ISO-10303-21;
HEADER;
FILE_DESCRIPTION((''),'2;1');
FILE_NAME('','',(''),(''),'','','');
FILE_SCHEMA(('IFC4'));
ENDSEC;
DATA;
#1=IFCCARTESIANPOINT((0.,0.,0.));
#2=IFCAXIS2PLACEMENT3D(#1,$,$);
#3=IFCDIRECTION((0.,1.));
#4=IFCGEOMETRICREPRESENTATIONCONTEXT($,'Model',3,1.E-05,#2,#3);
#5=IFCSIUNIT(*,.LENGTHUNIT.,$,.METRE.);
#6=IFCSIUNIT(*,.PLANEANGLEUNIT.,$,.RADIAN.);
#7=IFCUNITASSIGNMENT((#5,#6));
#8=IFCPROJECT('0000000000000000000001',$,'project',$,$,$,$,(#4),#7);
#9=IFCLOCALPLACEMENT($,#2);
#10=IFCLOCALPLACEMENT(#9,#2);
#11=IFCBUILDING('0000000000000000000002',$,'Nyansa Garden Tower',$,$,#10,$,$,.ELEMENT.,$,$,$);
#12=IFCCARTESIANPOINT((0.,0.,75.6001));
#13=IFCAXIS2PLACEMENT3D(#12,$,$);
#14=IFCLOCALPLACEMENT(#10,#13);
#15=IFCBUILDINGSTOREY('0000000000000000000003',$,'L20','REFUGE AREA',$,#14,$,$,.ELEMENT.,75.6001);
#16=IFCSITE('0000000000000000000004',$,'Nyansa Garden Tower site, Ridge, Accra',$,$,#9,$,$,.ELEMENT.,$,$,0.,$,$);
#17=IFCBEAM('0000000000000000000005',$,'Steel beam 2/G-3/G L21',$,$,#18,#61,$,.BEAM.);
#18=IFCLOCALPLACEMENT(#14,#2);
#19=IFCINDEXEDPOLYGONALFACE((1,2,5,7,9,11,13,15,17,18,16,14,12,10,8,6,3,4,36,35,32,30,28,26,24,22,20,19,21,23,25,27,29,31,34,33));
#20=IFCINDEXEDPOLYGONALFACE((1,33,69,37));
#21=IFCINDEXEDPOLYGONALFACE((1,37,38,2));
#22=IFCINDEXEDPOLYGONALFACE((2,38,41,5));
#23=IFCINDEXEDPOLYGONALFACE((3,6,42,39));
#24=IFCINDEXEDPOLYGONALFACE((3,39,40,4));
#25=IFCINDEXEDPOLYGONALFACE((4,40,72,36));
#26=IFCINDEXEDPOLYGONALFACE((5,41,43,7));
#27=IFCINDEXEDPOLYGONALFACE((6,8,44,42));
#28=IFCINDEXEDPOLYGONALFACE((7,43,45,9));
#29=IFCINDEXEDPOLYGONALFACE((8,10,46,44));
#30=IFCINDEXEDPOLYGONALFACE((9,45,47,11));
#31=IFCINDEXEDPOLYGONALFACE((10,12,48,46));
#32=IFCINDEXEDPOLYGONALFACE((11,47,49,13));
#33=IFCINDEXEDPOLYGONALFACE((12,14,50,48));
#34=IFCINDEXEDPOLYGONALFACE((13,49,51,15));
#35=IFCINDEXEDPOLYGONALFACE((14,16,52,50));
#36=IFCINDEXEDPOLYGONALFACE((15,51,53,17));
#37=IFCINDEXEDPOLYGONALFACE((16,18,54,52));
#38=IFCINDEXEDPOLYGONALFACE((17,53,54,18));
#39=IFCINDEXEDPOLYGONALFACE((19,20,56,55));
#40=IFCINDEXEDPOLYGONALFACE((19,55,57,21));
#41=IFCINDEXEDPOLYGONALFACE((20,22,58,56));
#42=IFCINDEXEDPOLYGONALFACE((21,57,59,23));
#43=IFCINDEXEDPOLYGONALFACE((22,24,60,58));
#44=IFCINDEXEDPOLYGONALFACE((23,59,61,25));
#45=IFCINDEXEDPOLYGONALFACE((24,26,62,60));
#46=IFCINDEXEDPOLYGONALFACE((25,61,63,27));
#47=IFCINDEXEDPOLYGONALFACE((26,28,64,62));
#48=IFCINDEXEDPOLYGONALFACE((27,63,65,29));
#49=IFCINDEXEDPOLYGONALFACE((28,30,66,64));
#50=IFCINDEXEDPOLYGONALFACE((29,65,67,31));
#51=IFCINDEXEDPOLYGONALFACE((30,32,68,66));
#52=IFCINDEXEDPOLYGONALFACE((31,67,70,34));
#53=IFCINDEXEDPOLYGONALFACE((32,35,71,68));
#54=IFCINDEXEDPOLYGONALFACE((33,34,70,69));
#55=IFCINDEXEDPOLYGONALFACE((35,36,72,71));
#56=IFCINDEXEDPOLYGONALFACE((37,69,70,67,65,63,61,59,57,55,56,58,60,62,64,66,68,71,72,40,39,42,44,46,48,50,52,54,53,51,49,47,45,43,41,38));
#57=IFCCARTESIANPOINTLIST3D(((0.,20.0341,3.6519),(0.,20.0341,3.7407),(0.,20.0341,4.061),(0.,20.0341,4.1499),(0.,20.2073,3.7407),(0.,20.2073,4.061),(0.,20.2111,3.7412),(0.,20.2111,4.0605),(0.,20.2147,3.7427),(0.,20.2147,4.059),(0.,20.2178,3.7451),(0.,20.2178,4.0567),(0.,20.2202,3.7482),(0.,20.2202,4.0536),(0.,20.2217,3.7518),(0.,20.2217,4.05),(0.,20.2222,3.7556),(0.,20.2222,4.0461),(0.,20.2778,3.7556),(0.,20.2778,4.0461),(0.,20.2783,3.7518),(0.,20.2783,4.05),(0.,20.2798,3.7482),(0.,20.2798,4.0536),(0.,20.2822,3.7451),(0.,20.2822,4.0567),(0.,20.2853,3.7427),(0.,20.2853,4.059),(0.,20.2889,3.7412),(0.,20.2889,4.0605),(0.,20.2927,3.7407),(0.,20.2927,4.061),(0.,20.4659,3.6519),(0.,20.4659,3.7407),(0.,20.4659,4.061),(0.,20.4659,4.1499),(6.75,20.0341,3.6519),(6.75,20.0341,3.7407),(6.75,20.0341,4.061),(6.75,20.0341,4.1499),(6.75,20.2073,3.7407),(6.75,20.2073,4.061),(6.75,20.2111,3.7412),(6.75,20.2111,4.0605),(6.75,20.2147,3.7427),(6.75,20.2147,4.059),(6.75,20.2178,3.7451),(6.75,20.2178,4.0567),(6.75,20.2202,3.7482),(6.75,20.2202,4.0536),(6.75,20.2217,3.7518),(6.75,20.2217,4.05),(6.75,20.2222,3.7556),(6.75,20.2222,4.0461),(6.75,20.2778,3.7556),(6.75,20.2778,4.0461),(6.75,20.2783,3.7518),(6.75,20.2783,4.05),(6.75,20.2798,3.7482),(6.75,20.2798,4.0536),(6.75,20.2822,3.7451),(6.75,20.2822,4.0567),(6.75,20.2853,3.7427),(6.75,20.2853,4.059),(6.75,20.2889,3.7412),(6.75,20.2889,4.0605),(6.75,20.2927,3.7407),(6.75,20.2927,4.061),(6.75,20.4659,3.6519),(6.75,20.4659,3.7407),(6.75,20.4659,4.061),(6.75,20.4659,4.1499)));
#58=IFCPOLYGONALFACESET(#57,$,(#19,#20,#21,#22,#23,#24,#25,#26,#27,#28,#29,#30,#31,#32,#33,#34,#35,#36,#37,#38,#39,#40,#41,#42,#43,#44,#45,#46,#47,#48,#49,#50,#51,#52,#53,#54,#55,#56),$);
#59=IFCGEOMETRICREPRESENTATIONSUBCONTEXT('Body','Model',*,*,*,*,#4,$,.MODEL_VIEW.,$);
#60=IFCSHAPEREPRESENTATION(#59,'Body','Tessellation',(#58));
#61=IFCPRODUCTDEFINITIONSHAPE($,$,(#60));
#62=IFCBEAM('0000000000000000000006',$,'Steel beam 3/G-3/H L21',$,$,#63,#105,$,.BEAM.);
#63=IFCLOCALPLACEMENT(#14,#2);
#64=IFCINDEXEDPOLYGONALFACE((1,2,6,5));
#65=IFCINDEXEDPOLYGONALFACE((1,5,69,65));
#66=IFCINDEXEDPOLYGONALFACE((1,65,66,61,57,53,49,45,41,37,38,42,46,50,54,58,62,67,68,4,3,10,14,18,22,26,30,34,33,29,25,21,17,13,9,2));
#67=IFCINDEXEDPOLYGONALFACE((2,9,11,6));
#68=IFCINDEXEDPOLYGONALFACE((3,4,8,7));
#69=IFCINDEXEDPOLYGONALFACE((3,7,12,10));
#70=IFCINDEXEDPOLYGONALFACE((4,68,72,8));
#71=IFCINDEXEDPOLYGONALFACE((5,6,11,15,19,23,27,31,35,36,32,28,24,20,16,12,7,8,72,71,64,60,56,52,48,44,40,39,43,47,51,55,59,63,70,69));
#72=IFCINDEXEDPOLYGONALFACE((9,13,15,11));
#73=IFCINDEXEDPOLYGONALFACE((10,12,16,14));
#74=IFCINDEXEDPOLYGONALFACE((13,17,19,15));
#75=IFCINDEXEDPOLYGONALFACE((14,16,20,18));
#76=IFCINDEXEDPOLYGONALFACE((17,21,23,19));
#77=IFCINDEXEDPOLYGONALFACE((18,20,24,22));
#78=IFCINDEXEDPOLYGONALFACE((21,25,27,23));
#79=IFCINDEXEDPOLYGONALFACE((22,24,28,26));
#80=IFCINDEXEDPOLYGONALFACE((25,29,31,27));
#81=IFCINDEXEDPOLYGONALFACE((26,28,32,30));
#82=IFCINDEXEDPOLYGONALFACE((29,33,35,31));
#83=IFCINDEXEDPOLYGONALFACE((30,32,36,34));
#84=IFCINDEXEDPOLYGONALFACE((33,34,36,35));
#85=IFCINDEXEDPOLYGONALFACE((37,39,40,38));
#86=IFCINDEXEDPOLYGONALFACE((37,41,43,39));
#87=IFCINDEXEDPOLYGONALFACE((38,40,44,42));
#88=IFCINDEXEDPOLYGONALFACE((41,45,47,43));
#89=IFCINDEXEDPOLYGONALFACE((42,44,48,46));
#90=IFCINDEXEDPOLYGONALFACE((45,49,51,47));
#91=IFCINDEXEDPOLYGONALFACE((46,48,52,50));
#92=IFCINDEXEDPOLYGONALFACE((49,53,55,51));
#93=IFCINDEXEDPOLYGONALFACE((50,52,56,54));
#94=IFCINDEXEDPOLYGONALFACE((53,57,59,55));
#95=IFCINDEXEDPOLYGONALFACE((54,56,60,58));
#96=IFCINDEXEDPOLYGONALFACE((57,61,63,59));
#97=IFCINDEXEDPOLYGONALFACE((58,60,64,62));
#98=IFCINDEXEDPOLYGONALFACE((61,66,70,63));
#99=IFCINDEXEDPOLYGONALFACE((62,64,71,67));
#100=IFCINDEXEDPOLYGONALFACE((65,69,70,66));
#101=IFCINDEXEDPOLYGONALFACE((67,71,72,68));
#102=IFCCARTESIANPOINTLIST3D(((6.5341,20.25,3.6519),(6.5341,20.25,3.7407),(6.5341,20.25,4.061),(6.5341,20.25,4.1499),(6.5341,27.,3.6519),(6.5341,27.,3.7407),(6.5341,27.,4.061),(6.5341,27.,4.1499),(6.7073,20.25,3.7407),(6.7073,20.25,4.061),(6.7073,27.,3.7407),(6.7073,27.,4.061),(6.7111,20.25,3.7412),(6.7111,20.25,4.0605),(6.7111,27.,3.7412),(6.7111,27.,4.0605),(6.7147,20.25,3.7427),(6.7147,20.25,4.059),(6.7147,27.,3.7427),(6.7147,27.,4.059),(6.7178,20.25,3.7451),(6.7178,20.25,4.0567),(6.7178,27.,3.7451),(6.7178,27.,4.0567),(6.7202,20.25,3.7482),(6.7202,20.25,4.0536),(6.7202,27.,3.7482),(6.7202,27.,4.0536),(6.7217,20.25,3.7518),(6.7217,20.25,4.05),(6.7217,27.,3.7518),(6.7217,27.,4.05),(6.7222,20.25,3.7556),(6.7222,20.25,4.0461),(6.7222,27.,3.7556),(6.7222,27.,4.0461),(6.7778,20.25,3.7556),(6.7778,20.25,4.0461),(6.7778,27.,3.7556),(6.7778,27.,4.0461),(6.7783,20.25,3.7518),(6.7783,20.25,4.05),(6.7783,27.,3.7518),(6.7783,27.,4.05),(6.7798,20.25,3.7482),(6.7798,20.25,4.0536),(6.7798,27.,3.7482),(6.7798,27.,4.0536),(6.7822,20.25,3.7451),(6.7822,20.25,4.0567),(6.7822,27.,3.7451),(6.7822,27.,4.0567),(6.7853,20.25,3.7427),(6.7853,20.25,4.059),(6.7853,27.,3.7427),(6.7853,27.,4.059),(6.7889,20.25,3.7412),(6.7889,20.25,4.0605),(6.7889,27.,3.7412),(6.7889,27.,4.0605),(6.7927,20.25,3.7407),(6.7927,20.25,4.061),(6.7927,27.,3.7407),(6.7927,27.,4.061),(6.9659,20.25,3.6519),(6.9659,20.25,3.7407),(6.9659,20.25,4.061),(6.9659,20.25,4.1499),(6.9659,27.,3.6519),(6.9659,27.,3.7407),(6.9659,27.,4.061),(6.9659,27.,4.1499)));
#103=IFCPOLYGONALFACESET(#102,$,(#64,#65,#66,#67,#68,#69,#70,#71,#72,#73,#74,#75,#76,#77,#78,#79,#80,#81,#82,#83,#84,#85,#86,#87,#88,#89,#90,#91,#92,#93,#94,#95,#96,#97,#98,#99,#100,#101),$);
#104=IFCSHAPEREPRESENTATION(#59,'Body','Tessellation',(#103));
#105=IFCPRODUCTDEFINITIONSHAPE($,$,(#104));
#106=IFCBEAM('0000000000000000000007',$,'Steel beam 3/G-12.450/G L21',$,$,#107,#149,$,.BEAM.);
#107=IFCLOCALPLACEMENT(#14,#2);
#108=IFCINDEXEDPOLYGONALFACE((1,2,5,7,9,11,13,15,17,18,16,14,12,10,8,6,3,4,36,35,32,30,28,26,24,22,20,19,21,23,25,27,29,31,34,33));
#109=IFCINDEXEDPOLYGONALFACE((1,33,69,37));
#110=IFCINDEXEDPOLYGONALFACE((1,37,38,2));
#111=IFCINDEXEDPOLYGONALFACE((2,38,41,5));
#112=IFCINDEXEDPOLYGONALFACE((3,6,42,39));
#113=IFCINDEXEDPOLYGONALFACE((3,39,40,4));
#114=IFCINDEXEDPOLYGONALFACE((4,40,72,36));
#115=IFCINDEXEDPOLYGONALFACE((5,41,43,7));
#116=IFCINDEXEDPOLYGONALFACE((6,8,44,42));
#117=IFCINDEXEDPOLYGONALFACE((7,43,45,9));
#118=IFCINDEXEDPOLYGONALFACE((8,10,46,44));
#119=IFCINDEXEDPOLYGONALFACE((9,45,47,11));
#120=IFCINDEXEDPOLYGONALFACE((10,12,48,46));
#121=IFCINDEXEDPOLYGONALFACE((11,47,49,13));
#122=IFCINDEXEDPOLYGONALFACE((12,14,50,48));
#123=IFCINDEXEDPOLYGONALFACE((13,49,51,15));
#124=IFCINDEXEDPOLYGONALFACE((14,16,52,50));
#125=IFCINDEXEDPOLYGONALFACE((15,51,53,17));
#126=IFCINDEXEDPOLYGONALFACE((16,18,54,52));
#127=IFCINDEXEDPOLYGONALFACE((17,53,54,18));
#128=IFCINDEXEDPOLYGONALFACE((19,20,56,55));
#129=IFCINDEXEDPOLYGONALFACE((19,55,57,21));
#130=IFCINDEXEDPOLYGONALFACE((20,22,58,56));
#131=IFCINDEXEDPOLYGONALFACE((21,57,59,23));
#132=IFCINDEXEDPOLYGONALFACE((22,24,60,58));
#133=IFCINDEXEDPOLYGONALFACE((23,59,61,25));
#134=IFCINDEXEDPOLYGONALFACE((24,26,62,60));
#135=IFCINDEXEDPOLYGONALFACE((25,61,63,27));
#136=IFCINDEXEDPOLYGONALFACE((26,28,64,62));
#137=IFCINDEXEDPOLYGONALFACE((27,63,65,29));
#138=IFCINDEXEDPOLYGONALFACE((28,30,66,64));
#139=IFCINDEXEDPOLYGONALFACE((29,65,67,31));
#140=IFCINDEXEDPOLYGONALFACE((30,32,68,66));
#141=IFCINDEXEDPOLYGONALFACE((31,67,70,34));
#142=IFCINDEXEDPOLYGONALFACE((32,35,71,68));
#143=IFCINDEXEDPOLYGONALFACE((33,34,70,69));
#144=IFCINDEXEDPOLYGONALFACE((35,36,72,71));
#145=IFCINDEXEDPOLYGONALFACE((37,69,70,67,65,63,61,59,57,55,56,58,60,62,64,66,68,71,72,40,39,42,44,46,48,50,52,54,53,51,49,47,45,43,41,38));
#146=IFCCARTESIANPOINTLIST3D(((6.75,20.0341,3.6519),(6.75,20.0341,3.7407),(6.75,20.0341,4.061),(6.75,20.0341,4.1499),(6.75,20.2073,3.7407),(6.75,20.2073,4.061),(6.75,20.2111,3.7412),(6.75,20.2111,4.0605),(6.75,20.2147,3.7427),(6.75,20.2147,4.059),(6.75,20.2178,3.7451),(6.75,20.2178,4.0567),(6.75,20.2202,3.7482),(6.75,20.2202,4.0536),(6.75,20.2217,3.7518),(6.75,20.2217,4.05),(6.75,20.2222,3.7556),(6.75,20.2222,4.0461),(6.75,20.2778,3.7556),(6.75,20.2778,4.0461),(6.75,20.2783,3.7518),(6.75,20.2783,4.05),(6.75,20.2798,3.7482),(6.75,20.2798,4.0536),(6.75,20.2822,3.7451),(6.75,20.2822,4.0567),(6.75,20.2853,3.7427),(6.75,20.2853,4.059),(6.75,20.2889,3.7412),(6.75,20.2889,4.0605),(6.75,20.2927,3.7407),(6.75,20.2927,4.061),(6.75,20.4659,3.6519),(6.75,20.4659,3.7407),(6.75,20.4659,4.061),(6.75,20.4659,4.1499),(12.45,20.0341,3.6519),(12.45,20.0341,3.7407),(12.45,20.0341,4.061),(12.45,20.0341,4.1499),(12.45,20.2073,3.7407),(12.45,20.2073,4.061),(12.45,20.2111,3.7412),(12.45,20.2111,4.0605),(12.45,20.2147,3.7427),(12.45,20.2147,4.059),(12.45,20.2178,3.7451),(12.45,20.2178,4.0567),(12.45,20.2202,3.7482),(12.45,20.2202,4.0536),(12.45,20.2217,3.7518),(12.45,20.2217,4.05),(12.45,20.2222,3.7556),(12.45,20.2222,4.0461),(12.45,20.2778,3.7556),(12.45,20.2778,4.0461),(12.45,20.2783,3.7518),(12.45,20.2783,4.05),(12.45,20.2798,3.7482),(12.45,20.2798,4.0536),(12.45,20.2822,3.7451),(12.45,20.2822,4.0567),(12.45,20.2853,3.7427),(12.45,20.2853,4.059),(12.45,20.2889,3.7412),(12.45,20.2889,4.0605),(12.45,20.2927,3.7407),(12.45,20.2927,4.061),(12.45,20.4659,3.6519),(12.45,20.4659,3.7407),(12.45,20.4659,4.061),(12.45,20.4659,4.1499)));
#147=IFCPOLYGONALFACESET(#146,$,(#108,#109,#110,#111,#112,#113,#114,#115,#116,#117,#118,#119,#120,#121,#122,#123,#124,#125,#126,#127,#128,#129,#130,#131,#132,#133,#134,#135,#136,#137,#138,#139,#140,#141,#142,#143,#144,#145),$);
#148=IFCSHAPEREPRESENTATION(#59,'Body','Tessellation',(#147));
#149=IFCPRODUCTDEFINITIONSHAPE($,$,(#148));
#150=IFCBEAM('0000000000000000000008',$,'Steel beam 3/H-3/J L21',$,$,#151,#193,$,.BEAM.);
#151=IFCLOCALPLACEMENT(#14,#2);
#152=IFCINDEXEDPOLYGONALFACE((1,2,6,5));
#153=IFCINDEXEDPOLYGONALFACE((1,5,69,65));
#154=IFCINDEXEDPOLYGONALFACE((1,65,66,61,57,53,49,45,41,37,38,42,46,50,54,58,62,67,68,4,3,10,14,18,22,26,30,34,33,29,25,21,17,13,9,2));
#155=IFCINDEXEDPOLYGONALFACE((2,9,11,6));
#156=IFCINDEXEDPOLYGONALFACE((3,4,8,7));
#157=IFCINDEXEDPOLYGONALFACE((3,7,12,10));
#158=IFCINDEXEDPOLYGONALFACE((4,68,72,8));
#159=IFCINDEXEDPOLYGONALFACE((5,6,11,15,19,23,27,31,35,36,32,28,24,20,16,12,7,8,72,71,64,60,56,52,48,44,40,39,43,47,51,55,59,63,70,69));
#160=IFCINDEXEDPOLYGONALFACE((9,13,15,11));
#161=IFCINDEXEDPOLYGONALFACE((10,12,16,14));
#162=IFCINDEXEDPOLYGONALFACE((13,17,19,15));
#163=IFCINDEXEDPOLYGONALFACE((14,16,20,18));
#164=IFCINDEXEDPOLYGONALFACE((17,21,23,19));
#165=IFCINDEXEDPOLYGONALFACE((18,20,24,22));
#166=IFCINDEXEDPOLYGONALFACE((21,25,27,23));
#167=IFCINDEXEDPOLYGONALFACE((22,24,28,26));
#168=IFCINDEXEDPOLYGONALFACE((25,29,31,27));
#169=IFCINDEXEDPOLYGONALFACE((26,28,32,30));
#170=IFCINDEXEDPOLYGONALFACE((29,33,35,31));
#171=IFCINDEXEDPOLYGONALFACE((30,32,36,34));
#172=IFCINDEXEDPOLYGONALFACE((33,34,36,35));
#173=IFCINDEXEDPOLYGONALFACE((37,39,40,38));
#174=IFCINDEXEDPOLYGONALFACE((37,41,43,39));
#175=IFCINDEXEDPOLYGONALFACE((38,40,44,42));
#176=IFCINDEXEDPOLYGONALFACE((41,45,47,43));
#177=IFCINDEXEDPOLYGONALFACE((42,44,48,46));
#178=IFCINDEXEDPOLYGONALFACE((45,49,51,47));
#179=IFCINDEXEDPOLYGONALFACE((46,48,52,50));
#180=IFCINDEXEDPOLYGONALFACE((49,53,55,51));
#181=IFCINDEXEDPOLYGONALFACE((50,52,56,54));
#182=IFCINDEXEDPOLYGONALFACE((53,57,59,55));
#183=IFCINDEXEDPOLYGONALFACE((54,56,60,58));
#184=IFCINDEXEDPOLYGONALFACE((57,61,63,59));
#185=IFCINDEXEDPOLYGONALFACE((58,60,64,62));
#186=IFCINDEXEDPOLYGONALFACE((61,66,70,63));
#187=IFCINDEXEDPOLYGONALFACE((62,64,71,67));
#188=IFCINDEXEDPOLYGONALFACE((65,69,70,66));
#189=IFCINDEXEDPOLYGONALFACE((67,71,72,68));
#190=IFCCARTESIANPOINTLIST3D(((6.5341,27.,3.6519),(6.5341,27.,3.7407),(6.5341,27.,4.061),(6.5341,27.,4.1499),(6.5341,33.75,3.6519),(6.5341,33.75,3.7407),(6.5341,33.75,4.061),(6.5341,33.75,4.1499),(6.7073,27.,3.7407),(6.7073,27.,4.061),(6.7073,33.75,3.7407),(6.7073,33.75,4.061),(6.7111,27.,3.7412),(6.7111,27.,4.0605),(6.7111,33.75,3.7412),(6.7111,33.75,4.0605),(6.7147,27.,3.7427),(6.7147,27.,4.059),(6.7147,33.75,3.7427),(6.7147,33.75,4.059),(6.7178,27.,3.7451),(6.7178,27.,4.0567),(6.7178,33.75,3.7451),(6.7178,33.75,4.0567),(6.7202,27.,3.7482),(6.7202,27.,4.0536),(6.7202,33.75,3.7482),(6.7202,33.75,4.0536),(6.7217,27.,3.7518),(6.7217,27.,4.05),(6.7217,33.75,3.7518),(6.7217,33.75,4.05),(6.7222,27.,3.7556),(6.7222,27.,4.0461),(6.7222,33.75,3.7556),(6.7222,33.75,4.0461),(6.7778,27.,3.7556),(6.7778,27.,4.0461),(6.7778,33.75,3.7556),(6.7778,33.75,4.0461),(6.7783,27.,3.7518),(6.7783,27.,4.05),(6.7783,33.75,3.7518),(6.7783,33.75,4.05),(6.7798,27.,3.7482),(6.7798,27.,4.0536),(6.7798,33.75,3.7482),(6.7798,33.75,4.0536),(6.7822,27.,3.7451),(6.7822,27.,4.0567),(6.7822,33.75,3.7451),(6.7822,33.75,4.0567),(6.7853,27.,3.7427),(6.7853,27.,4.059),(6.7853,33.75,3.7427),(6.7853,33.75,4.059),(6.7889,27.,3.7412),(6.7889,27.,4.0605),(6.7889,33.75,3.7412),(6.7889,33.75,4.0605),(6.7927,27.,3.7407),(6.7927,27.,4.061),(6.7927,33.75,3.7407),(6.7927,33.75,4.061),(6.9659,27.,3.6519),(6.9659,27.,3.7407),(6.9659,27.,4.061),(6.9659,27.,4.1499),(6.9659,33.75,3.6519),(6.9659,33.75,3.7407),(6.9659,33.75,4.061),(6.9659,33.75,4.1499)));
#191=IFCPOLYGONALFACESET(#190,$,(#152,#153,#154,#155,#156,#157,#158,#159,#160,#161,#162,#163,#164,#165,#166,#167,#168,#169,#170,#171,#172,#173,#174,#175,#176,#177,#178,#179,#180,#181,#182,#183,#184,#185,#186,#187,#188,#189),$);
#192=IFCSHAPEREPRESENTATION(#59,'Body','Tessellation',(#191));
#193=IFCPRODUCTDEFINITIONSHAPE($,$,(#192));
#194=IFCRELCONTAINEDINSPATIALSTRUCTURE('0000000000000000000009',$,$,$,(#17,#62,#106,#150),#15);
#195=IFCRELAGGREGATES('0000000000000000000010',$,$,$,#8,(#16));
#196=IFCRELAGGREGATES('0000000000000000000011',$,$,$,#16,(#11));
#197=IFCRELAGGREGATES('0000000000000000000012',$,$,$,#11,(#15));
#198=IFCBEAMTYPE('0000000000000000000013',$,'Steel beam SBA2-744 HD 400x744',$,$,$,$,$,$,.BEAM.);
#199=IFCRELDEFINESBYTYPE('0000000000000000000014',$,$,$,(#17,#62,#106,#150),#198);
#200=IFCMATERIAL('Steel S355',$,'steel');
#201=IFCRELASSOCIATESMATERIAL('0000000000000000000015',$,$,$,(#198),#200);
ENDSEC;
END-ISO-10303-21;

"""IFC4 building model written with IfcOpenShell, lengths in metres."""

from ifc_helpers import new_model, si_unit, direction, frame, origin, origin_2d, place, context, subcontext, project, spatial, i_section, extrude, material, material_profile, profile_set, type_object, element, save


model = new_model("IFC4")

# Units and contexts
model_context = context("Model", 3, precision=1e-05, world=origin(), true_north=direction((0.0, 1.0)))
body_context = subcontext(model_context, "Body", "Model", "MODEL_VIEW")
ifc_project = project(units=[si_unit("LENGTHUNIT", "METRE"), si_unit("PLANEANGLEUNIT", "RADIAN")], contexts=[model_context])

# Site, building, storey
site_placement = place(None, origin())
site = spatial("IfcSite", under=ifc_project, at=site_placement, Name="Nyansa Garden Tower site, Ridge, Accra", CompositionType="ELEMENT", RefElevation=0.0)
building_placement = place(site_placement, origin())
building = spatial("IfcBuilding", under=site, at=building_placement, Name="Nyansa Garden Tower", CompositionType="ELEMENT")
storey_placement = place(building_placement, frame((0.0, 0.0, 75.6001)))
storey = spatial("IfcBuildingStorey", under=building, at=storey_placement, Name="L20", Description="REFUGE AREA", CompositionType="ELEMENT", Elevation=75.6001)

# Beams
ifc_material_1 = material(Name="Steel S355", Category="steel")
ifc_material_profile_1 = material_profile(ifc_material_1, i_section(OverallWidth=0.4319, OverallDepth=0.498, WebThickness=0.0557, FlangeThickness=0.0889, FilletRadius=0.0149, at=origin_2d()), Name="HD 400x744")
ifc_profile_set_1 = profile_set([ifc_material_profile_1], Name="Steel S355")
beam_type_1 = type_object("IfcBeamType", Name="Steel beam SBA2-744 HD 400x744", PredefinedType="BEAM", material=ifc_profile_set_1)
for number, where, z_axis, x_axis, name in (
    (1, (0.0, 20.25, 3.9009), (1.0, 0.0, 0.0), (0.0, 1.0, 0.0), "Steel beam 2/G-3/G L21"),
    (2, (6.75, 20.25, 3.9009), (0.0, 1.0, 0.0), (-1.0, 0.0, 0.0), "Steel beam 3/G-3/H L21"),
):
    element("IfcBeam", number, at=place(storey_placement, frame(where, z_axis=z_axis, x_axis=x_axis)), inside=storey, type_object=beam_type_1, Name=name, PredefinedType="BEAM", context=body_context, shape_type="SweptSolid", body=[
        extrude(i_section(OverallWidth=0.4319, OverallDepth=0.498, WebThickness=0.0557, FlangeThickness=0.0889, FilletRadius=0.0149, at=origin_2d()), origin(), (0.0, 0.0, 1.0), 6.75),
    ])
beam_1_placement = place(storey_placement, frame((6.75, 20.25, 3.9009), z_axis=(1.0, 0.0, 0.0), x_axis=(0.0, 1.0, 0.0)))
element("IfcBeam", 3, at=beam_1_placement, inside=storey, type_object=beam_type_1, Name="Steel beam 3/G-12.450/G L21", PredefinedType="BEAM", context=body_context, shape_type="SweptSolid", body=[
    extrude(i_section(OverallWidth=0.4319, OverallDepth=0.498, WebThickness=0.0557, FlangeThickness=0.0889, FilletRadius=0.0149, at=origin_2d()), origin(), (0.0, 0.0, 1.0), 5.7),
])
beam_2_placement = place(storey_placement, frame((6.75, 27.0, 3.9009), z_axis=(0.0, 1.0, 0.0), x_axis=(-1.0, 0.0, 0.0)))
element("IfcBeam", 4, at=beam_2_placement, inside=storey, type_object=beam_type_1, Name="Steel beam 3/H-3/J L21", PredefinedType="BEAM", context=body_context, shape_type="SweptSolid", body=[
    extrude(i_section(OverallWidth=0.4319, OverallDepth=0.498, WebThickness=0.0557, FlangeThickness=0.0889, FilletRadius=0.0149, at=origin_2d()), origin(), (0.0, 0.0, 1.0), 6.75),
])

save(model, "model.ifc")
